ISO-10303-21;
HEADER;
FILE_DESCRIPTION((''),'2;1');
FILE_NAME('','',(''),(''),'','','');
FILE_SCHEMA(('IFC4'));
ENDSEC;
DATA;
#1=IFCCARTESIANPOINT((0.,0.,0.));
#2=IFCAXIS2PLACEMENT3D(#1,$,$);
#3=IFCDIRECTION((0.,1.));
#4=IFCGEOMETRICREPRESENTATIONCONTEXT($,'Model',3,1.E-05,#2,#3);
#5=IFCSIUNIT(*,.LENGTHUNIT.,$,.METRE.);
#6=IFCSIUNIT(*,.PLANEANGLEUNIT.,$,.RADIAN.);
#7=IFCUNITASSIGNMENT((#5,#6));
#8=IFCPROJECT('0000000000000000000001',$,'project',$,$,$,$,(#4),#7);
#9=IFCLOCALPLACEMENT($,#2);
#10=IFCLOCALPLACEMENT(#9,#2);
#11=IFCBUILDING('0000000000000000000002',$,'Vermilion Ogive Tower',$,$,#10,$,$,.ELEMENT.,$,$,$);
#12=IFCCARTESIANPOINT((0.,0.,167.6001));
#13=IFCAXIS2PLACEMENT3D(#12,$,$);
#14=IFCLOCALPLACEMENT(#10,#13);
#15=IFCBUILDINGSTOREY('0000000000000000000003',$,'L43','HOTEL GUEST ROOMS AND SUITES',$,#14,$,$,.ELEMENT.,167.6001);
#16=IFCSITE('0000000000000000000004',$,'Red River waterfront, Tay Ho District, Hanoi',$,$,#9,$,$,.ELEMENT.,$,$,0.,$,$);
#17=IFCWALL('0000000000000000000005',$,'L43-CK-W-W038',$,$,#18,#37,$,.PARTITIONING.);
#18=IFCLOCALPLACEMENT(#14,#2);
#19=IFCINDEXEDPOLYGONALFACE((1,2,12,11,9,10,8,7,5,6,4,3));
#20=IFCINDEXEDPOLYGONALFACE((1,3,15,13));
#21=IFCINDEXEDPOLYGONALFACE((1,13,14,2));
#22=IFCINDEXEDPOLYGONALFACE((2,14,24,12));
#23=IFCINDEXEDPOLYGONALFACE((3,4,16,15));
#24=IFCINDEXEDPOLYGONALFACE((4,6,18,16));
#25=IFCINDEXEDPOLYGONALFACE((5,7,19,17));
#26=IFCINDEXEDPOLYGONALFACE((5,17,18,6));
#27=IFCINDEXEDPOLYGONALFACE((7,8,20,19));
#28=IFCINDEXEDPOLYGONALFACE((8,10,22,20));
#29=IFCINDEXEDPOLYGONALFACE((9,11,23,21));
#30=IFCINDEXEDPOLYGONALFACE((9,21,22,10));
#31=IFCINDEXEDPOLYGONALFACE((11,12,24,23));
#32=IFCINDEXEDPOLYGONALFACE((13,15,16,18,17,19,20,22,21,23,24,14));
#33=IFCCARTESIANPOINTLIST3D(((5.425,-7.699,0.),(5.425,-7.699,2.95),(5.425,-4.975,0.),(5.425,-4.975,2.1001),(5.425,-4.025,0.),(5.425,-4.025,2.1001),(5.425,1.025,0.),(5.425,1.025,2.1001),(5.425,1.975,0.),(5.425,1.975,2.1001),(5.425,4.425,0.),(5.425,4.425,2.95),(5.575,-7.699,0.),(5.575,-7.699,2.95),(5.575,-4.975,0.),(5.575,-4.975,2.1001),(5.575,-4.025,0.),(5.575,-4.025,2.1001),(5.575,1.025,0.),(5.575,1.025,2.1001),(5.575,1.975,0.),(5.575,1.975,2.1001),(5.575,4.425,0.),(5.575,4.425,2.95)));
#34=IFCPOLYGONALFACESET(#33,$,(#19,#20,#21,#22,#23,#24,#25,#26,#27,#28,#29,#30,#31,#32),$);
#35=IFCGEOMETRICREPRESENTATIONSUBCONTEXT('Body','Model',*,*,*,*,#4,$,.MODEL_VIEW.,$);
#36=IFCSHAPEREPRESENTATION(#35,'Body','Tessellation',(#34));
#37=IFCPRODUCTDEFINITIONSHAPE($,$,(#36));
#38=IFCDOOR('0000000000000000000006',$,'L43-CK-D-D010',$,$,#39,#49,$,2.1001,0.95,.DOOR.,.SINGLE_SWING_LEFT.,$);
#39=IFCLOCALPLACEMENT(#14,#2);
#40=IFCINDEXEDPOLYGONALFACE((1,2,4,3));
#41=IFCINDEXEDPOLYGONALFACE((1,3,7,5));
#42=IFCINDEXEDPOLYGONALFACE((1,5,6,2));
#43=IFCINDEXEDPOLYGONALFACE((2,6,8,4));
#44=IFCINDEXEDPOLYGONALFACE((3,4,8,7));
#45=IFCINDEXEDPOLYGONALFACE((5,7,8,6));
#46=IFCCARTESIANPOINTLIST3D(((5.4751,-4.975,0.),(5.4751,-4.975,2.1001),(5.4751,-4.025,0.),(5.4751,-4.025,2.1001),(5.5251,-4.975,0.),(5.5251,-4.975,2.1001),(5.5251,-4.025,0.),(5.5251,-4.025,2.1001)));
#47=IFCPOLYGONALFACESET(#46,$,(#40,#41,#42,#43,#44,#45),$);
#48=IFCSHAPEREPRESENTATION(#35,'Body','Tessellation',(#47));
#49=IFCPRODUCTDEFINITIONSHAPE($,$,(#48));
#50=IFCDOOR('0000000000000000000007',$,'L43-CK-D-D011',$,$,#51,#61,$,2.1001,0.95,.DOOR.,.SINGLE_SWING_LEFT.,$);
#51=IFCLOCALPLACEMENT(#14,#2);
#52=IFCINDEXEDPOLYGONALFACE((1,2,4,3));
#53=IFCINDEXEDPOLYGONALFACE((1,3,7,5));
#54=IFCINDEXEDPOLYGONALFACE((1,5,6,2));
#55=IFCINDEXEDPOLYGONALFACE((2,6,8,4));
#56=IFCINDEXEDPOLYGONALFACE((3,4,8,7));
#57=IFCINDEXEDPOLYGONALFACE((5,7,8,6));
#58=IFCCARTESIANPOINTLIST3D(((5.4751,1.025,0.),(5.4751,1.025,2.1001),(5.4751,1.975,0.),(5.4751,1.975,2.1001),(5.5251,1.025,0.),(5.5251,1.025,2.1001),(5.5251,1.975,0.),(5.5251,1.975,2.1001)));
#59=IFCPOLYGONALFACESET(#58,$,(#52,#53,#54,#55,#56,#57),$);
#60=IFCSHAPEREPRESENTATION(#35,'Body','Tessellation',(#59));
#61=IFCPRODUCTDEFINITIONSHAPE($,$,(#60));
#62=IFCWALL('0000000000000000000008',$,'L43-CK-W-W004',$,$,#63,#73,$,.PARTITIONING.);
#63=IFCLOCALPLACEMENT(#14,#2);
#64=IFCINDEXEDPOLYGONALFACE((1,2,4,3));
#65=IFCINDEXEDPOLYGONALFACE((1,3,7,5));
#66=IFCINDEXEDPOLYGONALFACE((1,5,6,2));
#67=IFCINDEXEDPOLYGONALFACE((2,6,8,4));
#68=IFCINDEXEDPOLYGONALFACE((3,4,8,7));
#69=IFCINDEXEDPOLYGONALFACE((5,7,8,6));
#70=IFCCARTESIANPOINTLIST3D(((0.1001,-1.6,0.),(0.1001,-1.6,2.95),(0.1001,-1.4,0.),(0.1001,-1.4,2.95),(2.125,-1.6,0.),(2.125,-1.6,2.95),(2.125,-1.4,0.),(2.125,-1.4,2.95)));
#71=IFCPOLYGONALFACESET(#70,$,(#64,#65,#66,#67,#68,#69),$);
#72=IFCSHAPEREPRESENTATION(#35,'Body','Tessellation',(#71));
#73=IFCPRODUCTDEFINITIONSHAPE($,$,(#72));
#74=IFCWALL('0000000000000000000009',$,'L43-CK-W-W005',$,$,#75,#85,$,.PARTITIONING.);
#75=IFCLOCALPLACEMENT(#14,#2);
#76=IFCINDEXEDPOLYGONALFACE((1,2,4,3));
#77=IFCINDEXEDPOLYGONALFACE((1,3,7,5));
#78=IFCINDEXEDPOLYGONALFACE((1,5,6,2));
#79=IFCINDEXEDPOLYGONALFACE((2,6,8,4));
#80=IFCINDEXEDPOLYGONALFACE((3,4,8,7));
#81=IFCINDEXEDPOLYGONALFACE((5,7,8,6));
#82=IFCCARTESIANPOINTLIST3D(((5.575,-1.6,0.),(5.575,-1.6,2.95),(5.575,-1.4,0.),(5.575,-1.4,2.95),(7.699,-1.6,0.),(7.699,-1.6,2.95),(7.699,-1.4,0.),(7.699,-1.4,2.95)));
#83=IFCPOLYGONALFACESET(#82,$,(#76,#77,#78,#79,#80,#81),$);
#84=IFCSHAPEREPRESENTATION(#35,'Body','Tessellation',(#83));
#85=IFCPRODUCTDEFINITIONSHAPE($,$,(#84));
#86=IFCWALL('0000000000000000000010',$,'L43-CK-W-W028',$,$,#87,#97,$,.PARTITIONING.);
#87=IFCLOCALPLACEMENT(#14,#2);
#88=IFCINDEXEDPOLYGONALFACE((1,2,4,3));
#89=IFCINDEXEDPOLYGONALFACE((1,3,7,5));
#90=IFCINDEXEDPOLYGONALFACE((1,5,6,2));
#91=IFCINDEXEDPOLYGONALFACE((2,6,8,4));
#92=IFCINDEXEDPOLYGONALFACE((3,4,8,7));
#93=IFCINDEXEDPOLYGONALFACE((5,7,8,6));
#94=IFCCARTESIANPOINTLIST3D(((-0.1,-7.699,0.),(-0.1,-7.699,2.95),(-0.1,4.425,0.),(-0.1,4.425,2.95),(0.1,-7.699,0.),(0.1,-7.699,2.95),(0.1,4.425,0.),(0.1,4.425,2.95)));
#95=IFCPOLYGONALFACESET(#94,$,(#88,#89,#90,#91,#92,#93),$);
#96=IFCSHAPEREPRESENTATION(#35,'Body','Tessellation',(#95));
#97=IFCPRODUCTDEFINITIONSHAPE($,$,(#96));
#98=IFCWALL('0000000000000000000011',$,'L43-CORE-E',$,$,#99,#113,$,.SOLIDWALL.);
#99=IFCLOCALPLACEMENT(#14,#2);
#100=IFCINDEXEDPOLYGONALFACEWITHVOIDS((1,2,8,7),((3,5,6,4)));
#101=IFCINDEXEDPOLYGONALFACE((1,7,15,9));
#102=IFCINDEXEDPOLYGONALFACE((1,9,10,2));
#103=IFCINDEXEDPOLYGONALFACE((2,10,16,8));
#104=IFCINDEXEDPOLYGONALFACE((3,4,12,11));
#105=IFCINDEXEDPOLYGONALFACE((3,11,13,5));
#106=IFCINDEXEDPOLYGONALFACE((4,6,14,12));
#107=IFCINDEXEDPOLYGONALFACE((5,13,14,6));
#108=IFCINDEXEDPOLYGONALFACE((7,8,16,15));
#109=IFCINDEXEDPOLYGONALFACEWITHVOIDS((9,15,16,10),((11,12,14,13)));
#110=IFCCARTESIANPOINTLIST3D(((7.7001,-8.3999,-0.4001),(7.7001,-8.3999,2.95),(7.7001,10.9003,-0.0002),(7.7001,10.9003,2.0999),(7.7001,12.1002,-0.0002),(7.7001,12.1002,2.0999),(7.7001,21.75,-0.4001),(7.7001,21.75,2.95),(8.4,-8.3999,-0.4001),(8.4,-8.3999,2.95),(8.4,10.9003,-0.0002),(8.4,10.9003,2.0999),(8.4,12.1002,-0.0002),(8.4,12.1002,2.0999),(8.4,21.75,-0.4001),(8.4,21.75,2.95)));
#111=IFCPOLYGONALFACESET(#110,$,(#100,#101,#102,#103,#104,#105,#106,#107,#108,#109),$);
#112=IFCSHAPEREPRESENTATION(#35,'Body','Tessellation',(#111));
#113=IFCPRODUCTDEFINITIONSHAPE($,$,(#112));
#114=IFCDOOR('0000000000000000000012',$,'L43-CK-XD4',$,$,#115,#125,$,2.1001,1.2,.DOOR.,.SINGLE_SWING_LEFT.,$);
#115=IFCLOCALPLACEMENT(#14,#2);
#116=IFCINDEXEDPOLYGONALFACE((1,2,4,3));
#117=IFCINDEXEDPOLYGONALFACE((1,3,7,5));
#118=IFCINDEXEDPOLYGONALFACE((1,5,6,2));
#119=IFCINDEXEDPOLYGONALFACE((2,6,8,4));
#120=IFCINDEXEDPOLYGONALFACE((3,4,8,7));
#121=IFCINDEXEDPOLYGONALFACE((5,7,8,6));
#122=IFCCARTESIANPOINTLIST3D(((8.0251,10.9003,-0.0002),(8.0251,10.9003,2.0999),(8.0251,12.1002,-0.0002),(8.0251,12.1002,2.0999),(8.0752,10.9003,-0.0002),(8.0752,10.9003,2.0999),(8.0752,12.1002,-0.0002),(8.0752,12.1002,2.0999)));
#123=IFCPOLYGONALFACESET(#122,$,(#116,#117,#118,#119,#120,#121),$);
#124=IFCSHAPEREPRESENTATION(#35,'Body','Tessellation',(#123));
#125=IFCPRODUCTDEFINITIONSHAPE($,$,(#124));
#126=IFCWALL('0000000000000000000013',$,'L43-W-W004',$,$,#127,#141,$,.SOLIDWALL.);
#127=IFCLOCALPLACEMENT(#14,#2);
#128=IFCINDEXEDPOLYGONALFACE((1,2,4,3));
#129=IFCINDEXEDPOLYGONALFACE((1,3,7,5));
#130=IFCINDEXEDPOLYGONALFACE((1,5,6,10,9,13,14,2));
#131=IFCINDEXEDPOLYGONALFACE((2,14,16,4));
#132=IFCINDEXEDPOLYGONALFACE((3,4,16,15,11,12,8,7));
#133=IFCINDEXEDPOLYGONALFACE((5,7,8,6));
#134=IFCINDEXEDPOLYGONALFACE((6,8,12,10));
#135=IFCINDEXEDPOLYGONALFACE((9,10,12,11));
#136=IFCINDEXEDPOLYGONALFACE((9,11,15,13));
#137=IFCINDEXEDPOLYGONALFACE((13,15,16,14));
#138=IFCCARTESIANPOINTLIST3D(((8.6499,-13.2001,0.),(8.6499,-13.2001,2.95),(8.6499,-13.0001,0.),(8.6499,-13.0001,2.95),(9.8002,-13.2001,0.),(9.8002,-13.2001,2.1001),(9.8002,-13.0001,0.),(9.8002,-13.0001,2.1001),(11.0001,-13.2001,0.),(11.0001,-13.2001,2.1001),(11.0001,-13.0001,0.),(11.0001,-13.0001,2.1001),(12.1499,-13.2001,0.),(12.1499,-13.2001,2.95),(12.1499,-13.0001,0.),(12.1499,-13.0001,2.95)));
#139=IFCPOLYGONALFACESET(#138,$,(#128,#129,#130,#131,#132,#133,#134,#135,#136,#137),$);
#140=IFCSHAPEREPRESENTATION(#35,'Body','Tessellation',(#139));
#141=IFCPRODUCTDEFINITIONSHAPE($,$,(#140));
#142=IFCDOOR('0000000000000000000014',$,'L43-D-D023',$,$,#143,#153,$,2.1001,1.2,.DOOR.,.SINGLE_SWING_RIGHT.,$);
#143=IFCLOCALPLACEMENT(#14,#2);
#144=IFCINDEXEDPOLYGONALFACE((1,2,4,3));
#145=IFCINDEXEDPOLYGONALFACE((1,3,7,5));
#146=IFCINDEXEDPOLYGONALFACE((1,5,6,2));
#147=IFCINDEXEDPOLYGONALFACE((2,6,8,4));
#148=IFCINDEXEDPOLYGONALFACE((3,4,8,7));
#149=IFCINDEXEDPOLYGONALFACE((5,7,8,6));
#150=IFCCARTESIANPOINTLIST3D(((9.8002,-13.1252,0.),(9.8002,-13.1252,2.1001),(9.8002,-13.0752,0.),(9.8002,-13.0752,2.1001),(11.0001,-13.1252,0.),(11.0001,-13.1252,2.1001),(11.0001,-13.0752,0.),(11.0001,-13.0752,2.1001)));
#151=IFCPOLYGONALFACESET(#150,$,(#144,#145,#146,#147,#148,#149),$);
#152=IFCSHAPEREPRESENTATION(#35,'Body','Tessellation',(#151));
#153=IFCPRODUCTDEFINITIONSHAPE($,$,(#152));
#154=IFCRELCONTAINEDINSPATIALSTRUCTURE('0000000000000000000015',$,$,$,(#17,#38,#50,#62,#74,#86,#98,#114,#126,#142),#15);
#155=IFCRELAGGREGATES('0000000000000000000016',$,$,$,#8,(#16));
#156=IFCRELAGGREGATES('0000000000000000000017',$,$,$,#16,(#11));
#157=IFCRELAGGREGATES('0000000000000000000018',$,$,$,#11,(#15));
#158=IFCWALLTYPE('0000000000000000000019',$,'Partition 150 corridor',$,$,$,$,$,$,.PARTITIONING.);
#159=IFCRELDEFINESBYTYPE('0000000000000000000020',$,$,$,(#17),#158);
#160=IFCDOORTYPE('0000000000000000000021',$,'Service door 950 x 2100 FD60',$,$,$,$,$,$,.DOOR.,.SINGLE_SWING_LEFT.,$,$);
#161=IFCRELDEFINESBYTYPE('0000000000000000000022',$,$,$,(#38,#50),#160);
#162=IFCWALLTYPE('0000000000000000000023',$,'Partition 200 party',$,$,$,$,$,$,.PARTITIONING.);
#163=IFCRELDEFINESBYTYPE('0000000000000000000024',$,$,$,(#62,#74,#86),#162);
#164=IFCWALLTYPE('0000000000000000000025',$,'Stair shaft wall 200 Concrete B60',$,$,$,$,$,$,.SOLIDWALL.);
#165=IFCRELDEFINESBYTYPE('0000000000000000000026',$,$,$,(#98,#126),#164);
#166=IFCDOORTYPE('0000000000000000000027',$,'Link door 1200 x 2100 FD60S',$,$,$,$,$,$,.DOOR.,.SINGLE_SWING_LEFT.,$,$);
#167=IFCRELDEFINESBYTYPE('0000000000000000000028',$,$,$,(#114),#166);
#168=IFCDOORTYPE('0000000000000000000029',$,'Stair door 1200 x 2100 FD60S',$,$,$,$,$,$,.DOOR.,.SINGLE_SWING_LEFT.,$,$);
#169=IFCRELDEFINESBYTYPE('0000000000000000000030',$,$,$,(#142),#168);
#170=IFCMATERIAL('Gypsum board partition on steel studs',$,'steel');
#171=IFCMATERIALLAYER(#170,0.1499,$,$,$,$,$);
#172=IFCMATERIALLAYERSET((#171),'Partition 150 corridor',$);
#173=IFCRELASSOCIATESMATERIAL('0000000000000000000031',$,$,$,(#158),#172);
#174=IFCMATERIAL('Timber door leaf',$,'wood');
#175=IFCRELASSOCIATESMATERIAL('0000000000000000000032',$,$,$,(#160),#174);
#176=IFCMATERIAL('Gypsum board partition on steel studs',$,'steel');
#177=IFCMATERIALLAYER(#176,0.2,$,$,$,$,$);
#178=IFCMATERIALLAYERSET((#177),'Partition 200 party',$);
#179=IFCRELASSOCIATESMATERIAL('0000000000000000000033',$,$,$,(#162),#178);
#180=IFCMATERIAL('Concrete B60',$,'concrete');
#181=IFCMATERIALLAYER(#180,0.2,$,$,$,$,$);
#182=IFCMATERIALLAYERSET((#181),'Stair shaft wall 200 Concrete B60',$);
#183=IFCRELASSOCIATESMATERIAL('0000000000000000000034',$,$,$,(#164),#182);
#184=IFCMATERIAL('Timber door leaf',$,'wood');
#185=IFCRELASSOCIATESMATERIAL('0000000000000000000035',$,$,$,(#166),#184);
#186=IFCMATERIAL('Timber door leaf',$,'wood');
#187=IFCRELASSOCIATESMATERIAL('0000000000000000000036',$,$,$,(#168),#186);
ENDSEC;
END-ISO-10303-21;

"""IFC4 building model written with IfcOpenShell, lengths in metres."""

from ifc_helpers import new_model, si_unit, direction, frame, frame_2d, origin, place, context, subcontext, project, spatial, rectangle, extrude, material, layer, layer_set, type_object, element, fill, save


model = new_model("IFC4")

# Units and contexts
model_context = context("Model", 3, precision=1e-05, world=origin(), true_north=direction((0.0, 1.0)))
body_context = subcontext(model_context, "Body", "Model", "MODEL_VIEW")
ifc_project = project(units=[si_unit("LENGTHUNIT", "METRE"), si_unit("PLANEANGLEUNIT", "RADIAN")], contexts=[model_context])

# Site, building, storey
site_placement = place(None, origin())
site = spatial("IfcSite", under=ifc_project, at=site_placement, Name="Red River waterfront, Tay Ho District, Hanoi", CompositionType="ELEMENT", RefElevation=0.0)
building_placement = place(site_placement, origin())
building = spatial("IfcBuilding", under=site, at=building_placement, Name="Vermilion Ogive Tower", CompositionType="ELEMENT")
storey_placement = place(building_placement, frame((0.0, 0.0, 167.6001)))
storey = spatial("IfcBuildingStorey", under=building, at=storey_placement, Name="L43", Description="HOTEL GUEST ROOMS AND SUITES", CompositionType="ELEMENT", Elevation=167.6001)

# Shared definitions
ifc_material_1 = material(Name="Gypsum board partition on steel studs", Category="steel")
ifc_layer_1 = layer(ifc_material_1, 0.1499)
ifc_layer_set_1 = layer_set([ifc_layer_1], Name="Partition 150 corridor")
wall_type_1 = type_object("IfcWallType", Name="Partition 150 corridor", PredefinedType="PARTITIONING", material=ifc_layer_set_1)

# Wall, openings, doors
ifc_material_2 = material(Name="Timber door leaf", Category="wood")
door_type_1 = type_object("IfcDoorType", Name="Service door 950 x 2100 FD60", OperationType="SINGLE_SWING_LEFT", PredefinedType="DOOR", material=ifc_material_2)
wall_1_placement = place(storey_placement, frame((5.5, -7.699, 0.0), z_axis=(0.0, 0.0, 1.0), x_axis=(0.0, 1.0, 0.0)))
wall_1 = element("IfcWall", 1, at=wall_1_placement, inside=storey, type_object=wall_type_1, Name="L43-CK-W-W038", PredefinedType="PARTITIONING", context=body_context, shape_type="SweptSolid", body=[
    extrude(rectangle(XDim=12.124, YDim=0.1499, at=frame_2d((6.062, 0.0))), origin(), (0.0, 0.0, 1.0), 2.95),
])
opening_1_placement = place(wall_1_placement, frame((2.7239, 0.0, 0.0)))
opening_1 = element("IfcOpeningElement", 2, at=opening_1_placement, cuts=wall_1, PredefinedType="OPENING", context=body_context, shape_type="SweptSolid", body=[
    extrude(rectangle(XDim=0.95, YDim=2.1001, at=frame_2d((0.4751, 1.05))), frame((0.0, 0.085, 0.0), z_axis=(0.0, -1.0, 0.0), x_axis=(1.0, 0.0, 0.0)), (0.0, 0.0, 1.0), 0.1699),
])
opening_2_placement = place(wall_1_placement, frame((8.7239, 0.0, 0.0)))
opening_2 = element("IfcOpeningElement", 3, at=opening_2_placement, cuts=wall_1, PredefinedType="OPENING", context=body_context, shape_type="SweptSolid", body=[
    extrude(rectangle(XDim=0.95, YDim=2.1001, at=frame_2d((0.4751, 1.05))), frame((0.0, 0.085, 0.0), z_axis=(0.0, -1.0, 0.0), x_axis=(1.0, 0.0, 0.0)), (0.0, 0.0, 1.0), 0.1699),
])
door_1_placement = place(opening_1_placement, origin())
door_1 = element("IfcDoor", 4, at=door_1_placement, inside=storey, type_object=door_type_1, Name="L43-CK-D-D010", OperationType="SINGLE_SWING_LEFT", OverallHeight=2.1001, OverallWidth=0.95, PredefinedType="DOOR", context=body_context, shape_type="SweptSolid", body=[
    extrude(rectangle(XDim=0.95, YDim=2.1001, at=frame_2d((0.4751, 1.05))), frame((0.0, 0.0249, 0.0), z_axis=(0.0, -1.0, 0.0), x_axis=(1.0, 0.0, 0.0)), (0.0, 0.0, 1.0), 0.05),
])
fill(opening_1, door_1)
door_2_placement = place(opening_2_placement, origin())
door_2 = element("IfcDoor", 5, at=door_2_placement, inside=storey, type_object=door_type_1, Name="L43-CK-D-D011", OperationType="SINGLE_SWING_LEFT", OverallHeight=2.1001, OverallWidth=0.95, PredefinedType="DOOR", context=body_context, shape_type="SweptSolid", body=[
    extrude(rectangle(XDim=0.95, YDim=2.1001, at=frame_2d((0.4751, 1.05))), frame((0.0, 0.0249, 0.0), z_axis=(0.0, -1.0, 0.0), x_axis=(1.0, 0.0, 0.0)), (0.0, 0.0, 1.0), 0.05),
])
fill(opening_2, door_2)

# Walls
ifc_material_3 = material(Name="Gypsum board partition on steel studs", Category="steel")
ifc_layer_2 = layer(ifc_material_3, 0.2)
ifc_layer_set_2 = layer_set([ifc_layer_2], Name="Partition 200 party")
wall_type_2 = type_object("IfcWallType", Name="Partition 200 party", PredefinedType="PARTITIONING", material=ifc_layer_set_2)
wall_2_placement = place(storey_placement, frame((0.1001, -1.5, 0.0), z_axis=(0.0, 0.0, 1.0), x_axis=(1.0, 0.0, 0.0)))
element("IfcWall", 6, at=wall_2_placement, inside=storey, type_object=wall_type_2, Name="L43-CK-W-W004", PredefinedType="PARTITIONING", context=body_context, shape_type="SweptSolid", body=[
    extrude(rectangle(XDim=2.0249, YDim=0.2, at=frame_2d((1.0125, 0.0))), origin(), (0.0, 0.0, 1.0), 2.95),
])
wall_3_placement = place(storey_placement, frame((5.575, -1.5, 0.0), z_axis=(0.0, 0.0, 1.0), x_axis=(1.0, 0.0, 0.0)))
element("IfcWall", 7, at=wall_3_placement, inside=storey, type_object=wall_type_2, Name="L43-CK-W-W005", PredefinedType="PARTITIONING", context=body_context, shape_type="SweptSolid", body=[
    extrude(rectangle(XDim=2.124, YDim=0.2, at=frame_2d((1.062, 0.0))), origin(), (0.0, 0.0, 1.0), 2.95),
])
wall_4_placement = place(storey_placement, frame((0.0, -7.699, 0.0), z_axis=(0.0, 0.0, 1.0), x_axis=(0.0, 1.0, 0.0)))
element("IfcWall", 8, at=wall_4_placement, inside=storey, type_object=wall_type_2, Name="L43-CK-W-W028", PredefinedType="PARTITIONING", context=body_context, shape_type="SweptSolid", body=[
    extrude(rectangle(XDim=12.124, YDim=0.2, at=frame_2d((6.062, 0.0))), origin(), (0.0, 0.0, 1.0), 2.95),
])

# Walls, openings, doors
ifc_material_4 = material(Name="Concrete B60", Category="concrete")
ifc_layer_3 = layer(ifc_material_4, 0.2)
ifc_layer_set_3 = layer_set([ifc_layer_3], Name="Stair shaft wall 200 Concrete B60")
wall_type_3 = type_object("IfcWallType", Name="Stair shaft wall 200 Concrete B60", PredefinedType="SOLIDWALL", material=ifc_layer_set_3)
wall_5_placement = place(storey_placement, frame((8.05, -8.3999, -0.4001), z_axis=(0.0, 0.0, 1.0), x_axis=(0.0, 1.0, 0.0)))
wall_5 = element("IfcWall", 9, at=wall_5_placement, inside=storey, type_object=wall_type_3, Name="L43-CORE-E", PredefinedType="SOLIDWALL", context=body_context, shape_type="SweptSolid", body=[
    extrude(rectangle(XDim=30.1499, YDim=0.7, at=frame_2d((15.075, 0.0))), origin(), (0.0, 0.0, 1.0), 3.3501),
])
opening_3_placement = place(wall_5_placement, frame((19.3, 0.0, 0.3999)))
opening_3 = element("IfcOpeningElement", 10, at=opening_3_placement, cuts=wall_5, PredefinedType="OPENING", context=body_context, shape_type="SweptSolid", body=[
    extrude(rectangle(XDim=1.2, YDim=2.1001, at=frame_2d((0.6001, 1.05))), frame((0.0, 0.3599, 0.0), z_axis=(0.0, -1.0, 0.0), x_axis=(1.0, 0.0, 0.0)), (0.0, 0.0, 1.0), 0.72),
])
ifc_material_5 = material(Name="Timber door leaf", Category="wood")
door_type_2 = type_object("IfcDoorType", Name="Link door 1200 x 2100 FD60S", OperationType="SINGLE_SWING_LEFT", PredefinedType="DOOR", material=ifc_material_5)
door_3_placement = place(opening_3_placement, origin())
door_3 = element("IfcDoor", 11, at=door_3_placement, inside=storey, type_object=door_type_2, Name="L43-CK-XD4", OperationType="SINGLE_SWING_LEFT", OverallHeight=2.1001, OverallWidth=1.2, PredefinedType="DOOR", context=body_context, shape_type="SweptSolid", body=[
    extrude(rectangle(XDim=1.2, YDim=2.1001, at=frame_2d((0.6001, 1.05))), frame((0.0, 0.0249, 0.0), z_axis=(0.0, -1.0, 0.0), x_axis=(1.0, 0.0, 0.0)), (0.0, 0.0, 1.0), 0.05),
])
fill(opening_3, door_3)
wall_6_placement = place(storey_placement, frame((8.6499, -13.1001, 0.0), z_axis=(0.0, 0.0, 1.0), x_axis=(1.0, 0.0, 0.0)))
wall_6 = element("IfcWall", 12, at=wall_6_placement, inside=storey, type_object=wall_type_3, Name="L43-W-W004", PredefinedType="SOLIDWALL", context=body_context, shape_type="SweptSolid", body=[
    extrude(rectangle(XDim=3.5, YDim=0.2, at=frame_2d((1.75, 0.0))), origin(), (0.0, 0.0, 1.0), 2.95),
])
opening_4_placement = place(wall_6_placement, frame((1.1501, 0.0, 0.0)))
opening_4 = element("IfcOpeningElement", 13, at=opening_4_placement, cuts=wall_6, PredefinedType="OPENING", context=body_context, shape_type="SweptSolid", body=[
    extrude(rectangle(XDim=1.2, YDim=2.1001, at=frame_2d((0.6001, 1.05))), frame((0.0, 0.1099, 0.0), z_axis=(0.0, -1.0, 0.0), x_axis=(1.0, 0.0, 0.0)), (0.0, 0.0, 1.0), 0.22),
])
ifc_material_6 = material(Name="Timber door leaf", Category="wood")
door_type_3 = type_object("IfcDoorType", Name="Stair door 1200 x 2100 FD60S", OperationType="SINGLE_SWING_LEFT", PredefinedType="DOOR", material=ifc_material_6)
door_4_placement = place(opening_4_placement, origin())
door_4 = element("IfcDoor", 14, at=door_4_placement, inside=storey, type_object=door_type_3, Name="L43-D-D023", OperationType="SINGLE_SWING_RIGHT", OverallHeight=2.1001, OverallWidth=1.2, PredefinedType="DOOR", context=body_context, shape_type="SweptSolid", body=[
    extrude(rectangle(XDim=1.2, YDim=2.1001, at=frame_2d((0.6001, 1.05))), frame((0.0, 0.0249, 0.0), z_axis=(0.0, -1.0, 0.0), x_axis=(1.0, 0.0, 0.0)), (0.0, 0.0, 1.0), 0.05),
])
fill(opening_4, door_4)

save(model, "model.ifc")
